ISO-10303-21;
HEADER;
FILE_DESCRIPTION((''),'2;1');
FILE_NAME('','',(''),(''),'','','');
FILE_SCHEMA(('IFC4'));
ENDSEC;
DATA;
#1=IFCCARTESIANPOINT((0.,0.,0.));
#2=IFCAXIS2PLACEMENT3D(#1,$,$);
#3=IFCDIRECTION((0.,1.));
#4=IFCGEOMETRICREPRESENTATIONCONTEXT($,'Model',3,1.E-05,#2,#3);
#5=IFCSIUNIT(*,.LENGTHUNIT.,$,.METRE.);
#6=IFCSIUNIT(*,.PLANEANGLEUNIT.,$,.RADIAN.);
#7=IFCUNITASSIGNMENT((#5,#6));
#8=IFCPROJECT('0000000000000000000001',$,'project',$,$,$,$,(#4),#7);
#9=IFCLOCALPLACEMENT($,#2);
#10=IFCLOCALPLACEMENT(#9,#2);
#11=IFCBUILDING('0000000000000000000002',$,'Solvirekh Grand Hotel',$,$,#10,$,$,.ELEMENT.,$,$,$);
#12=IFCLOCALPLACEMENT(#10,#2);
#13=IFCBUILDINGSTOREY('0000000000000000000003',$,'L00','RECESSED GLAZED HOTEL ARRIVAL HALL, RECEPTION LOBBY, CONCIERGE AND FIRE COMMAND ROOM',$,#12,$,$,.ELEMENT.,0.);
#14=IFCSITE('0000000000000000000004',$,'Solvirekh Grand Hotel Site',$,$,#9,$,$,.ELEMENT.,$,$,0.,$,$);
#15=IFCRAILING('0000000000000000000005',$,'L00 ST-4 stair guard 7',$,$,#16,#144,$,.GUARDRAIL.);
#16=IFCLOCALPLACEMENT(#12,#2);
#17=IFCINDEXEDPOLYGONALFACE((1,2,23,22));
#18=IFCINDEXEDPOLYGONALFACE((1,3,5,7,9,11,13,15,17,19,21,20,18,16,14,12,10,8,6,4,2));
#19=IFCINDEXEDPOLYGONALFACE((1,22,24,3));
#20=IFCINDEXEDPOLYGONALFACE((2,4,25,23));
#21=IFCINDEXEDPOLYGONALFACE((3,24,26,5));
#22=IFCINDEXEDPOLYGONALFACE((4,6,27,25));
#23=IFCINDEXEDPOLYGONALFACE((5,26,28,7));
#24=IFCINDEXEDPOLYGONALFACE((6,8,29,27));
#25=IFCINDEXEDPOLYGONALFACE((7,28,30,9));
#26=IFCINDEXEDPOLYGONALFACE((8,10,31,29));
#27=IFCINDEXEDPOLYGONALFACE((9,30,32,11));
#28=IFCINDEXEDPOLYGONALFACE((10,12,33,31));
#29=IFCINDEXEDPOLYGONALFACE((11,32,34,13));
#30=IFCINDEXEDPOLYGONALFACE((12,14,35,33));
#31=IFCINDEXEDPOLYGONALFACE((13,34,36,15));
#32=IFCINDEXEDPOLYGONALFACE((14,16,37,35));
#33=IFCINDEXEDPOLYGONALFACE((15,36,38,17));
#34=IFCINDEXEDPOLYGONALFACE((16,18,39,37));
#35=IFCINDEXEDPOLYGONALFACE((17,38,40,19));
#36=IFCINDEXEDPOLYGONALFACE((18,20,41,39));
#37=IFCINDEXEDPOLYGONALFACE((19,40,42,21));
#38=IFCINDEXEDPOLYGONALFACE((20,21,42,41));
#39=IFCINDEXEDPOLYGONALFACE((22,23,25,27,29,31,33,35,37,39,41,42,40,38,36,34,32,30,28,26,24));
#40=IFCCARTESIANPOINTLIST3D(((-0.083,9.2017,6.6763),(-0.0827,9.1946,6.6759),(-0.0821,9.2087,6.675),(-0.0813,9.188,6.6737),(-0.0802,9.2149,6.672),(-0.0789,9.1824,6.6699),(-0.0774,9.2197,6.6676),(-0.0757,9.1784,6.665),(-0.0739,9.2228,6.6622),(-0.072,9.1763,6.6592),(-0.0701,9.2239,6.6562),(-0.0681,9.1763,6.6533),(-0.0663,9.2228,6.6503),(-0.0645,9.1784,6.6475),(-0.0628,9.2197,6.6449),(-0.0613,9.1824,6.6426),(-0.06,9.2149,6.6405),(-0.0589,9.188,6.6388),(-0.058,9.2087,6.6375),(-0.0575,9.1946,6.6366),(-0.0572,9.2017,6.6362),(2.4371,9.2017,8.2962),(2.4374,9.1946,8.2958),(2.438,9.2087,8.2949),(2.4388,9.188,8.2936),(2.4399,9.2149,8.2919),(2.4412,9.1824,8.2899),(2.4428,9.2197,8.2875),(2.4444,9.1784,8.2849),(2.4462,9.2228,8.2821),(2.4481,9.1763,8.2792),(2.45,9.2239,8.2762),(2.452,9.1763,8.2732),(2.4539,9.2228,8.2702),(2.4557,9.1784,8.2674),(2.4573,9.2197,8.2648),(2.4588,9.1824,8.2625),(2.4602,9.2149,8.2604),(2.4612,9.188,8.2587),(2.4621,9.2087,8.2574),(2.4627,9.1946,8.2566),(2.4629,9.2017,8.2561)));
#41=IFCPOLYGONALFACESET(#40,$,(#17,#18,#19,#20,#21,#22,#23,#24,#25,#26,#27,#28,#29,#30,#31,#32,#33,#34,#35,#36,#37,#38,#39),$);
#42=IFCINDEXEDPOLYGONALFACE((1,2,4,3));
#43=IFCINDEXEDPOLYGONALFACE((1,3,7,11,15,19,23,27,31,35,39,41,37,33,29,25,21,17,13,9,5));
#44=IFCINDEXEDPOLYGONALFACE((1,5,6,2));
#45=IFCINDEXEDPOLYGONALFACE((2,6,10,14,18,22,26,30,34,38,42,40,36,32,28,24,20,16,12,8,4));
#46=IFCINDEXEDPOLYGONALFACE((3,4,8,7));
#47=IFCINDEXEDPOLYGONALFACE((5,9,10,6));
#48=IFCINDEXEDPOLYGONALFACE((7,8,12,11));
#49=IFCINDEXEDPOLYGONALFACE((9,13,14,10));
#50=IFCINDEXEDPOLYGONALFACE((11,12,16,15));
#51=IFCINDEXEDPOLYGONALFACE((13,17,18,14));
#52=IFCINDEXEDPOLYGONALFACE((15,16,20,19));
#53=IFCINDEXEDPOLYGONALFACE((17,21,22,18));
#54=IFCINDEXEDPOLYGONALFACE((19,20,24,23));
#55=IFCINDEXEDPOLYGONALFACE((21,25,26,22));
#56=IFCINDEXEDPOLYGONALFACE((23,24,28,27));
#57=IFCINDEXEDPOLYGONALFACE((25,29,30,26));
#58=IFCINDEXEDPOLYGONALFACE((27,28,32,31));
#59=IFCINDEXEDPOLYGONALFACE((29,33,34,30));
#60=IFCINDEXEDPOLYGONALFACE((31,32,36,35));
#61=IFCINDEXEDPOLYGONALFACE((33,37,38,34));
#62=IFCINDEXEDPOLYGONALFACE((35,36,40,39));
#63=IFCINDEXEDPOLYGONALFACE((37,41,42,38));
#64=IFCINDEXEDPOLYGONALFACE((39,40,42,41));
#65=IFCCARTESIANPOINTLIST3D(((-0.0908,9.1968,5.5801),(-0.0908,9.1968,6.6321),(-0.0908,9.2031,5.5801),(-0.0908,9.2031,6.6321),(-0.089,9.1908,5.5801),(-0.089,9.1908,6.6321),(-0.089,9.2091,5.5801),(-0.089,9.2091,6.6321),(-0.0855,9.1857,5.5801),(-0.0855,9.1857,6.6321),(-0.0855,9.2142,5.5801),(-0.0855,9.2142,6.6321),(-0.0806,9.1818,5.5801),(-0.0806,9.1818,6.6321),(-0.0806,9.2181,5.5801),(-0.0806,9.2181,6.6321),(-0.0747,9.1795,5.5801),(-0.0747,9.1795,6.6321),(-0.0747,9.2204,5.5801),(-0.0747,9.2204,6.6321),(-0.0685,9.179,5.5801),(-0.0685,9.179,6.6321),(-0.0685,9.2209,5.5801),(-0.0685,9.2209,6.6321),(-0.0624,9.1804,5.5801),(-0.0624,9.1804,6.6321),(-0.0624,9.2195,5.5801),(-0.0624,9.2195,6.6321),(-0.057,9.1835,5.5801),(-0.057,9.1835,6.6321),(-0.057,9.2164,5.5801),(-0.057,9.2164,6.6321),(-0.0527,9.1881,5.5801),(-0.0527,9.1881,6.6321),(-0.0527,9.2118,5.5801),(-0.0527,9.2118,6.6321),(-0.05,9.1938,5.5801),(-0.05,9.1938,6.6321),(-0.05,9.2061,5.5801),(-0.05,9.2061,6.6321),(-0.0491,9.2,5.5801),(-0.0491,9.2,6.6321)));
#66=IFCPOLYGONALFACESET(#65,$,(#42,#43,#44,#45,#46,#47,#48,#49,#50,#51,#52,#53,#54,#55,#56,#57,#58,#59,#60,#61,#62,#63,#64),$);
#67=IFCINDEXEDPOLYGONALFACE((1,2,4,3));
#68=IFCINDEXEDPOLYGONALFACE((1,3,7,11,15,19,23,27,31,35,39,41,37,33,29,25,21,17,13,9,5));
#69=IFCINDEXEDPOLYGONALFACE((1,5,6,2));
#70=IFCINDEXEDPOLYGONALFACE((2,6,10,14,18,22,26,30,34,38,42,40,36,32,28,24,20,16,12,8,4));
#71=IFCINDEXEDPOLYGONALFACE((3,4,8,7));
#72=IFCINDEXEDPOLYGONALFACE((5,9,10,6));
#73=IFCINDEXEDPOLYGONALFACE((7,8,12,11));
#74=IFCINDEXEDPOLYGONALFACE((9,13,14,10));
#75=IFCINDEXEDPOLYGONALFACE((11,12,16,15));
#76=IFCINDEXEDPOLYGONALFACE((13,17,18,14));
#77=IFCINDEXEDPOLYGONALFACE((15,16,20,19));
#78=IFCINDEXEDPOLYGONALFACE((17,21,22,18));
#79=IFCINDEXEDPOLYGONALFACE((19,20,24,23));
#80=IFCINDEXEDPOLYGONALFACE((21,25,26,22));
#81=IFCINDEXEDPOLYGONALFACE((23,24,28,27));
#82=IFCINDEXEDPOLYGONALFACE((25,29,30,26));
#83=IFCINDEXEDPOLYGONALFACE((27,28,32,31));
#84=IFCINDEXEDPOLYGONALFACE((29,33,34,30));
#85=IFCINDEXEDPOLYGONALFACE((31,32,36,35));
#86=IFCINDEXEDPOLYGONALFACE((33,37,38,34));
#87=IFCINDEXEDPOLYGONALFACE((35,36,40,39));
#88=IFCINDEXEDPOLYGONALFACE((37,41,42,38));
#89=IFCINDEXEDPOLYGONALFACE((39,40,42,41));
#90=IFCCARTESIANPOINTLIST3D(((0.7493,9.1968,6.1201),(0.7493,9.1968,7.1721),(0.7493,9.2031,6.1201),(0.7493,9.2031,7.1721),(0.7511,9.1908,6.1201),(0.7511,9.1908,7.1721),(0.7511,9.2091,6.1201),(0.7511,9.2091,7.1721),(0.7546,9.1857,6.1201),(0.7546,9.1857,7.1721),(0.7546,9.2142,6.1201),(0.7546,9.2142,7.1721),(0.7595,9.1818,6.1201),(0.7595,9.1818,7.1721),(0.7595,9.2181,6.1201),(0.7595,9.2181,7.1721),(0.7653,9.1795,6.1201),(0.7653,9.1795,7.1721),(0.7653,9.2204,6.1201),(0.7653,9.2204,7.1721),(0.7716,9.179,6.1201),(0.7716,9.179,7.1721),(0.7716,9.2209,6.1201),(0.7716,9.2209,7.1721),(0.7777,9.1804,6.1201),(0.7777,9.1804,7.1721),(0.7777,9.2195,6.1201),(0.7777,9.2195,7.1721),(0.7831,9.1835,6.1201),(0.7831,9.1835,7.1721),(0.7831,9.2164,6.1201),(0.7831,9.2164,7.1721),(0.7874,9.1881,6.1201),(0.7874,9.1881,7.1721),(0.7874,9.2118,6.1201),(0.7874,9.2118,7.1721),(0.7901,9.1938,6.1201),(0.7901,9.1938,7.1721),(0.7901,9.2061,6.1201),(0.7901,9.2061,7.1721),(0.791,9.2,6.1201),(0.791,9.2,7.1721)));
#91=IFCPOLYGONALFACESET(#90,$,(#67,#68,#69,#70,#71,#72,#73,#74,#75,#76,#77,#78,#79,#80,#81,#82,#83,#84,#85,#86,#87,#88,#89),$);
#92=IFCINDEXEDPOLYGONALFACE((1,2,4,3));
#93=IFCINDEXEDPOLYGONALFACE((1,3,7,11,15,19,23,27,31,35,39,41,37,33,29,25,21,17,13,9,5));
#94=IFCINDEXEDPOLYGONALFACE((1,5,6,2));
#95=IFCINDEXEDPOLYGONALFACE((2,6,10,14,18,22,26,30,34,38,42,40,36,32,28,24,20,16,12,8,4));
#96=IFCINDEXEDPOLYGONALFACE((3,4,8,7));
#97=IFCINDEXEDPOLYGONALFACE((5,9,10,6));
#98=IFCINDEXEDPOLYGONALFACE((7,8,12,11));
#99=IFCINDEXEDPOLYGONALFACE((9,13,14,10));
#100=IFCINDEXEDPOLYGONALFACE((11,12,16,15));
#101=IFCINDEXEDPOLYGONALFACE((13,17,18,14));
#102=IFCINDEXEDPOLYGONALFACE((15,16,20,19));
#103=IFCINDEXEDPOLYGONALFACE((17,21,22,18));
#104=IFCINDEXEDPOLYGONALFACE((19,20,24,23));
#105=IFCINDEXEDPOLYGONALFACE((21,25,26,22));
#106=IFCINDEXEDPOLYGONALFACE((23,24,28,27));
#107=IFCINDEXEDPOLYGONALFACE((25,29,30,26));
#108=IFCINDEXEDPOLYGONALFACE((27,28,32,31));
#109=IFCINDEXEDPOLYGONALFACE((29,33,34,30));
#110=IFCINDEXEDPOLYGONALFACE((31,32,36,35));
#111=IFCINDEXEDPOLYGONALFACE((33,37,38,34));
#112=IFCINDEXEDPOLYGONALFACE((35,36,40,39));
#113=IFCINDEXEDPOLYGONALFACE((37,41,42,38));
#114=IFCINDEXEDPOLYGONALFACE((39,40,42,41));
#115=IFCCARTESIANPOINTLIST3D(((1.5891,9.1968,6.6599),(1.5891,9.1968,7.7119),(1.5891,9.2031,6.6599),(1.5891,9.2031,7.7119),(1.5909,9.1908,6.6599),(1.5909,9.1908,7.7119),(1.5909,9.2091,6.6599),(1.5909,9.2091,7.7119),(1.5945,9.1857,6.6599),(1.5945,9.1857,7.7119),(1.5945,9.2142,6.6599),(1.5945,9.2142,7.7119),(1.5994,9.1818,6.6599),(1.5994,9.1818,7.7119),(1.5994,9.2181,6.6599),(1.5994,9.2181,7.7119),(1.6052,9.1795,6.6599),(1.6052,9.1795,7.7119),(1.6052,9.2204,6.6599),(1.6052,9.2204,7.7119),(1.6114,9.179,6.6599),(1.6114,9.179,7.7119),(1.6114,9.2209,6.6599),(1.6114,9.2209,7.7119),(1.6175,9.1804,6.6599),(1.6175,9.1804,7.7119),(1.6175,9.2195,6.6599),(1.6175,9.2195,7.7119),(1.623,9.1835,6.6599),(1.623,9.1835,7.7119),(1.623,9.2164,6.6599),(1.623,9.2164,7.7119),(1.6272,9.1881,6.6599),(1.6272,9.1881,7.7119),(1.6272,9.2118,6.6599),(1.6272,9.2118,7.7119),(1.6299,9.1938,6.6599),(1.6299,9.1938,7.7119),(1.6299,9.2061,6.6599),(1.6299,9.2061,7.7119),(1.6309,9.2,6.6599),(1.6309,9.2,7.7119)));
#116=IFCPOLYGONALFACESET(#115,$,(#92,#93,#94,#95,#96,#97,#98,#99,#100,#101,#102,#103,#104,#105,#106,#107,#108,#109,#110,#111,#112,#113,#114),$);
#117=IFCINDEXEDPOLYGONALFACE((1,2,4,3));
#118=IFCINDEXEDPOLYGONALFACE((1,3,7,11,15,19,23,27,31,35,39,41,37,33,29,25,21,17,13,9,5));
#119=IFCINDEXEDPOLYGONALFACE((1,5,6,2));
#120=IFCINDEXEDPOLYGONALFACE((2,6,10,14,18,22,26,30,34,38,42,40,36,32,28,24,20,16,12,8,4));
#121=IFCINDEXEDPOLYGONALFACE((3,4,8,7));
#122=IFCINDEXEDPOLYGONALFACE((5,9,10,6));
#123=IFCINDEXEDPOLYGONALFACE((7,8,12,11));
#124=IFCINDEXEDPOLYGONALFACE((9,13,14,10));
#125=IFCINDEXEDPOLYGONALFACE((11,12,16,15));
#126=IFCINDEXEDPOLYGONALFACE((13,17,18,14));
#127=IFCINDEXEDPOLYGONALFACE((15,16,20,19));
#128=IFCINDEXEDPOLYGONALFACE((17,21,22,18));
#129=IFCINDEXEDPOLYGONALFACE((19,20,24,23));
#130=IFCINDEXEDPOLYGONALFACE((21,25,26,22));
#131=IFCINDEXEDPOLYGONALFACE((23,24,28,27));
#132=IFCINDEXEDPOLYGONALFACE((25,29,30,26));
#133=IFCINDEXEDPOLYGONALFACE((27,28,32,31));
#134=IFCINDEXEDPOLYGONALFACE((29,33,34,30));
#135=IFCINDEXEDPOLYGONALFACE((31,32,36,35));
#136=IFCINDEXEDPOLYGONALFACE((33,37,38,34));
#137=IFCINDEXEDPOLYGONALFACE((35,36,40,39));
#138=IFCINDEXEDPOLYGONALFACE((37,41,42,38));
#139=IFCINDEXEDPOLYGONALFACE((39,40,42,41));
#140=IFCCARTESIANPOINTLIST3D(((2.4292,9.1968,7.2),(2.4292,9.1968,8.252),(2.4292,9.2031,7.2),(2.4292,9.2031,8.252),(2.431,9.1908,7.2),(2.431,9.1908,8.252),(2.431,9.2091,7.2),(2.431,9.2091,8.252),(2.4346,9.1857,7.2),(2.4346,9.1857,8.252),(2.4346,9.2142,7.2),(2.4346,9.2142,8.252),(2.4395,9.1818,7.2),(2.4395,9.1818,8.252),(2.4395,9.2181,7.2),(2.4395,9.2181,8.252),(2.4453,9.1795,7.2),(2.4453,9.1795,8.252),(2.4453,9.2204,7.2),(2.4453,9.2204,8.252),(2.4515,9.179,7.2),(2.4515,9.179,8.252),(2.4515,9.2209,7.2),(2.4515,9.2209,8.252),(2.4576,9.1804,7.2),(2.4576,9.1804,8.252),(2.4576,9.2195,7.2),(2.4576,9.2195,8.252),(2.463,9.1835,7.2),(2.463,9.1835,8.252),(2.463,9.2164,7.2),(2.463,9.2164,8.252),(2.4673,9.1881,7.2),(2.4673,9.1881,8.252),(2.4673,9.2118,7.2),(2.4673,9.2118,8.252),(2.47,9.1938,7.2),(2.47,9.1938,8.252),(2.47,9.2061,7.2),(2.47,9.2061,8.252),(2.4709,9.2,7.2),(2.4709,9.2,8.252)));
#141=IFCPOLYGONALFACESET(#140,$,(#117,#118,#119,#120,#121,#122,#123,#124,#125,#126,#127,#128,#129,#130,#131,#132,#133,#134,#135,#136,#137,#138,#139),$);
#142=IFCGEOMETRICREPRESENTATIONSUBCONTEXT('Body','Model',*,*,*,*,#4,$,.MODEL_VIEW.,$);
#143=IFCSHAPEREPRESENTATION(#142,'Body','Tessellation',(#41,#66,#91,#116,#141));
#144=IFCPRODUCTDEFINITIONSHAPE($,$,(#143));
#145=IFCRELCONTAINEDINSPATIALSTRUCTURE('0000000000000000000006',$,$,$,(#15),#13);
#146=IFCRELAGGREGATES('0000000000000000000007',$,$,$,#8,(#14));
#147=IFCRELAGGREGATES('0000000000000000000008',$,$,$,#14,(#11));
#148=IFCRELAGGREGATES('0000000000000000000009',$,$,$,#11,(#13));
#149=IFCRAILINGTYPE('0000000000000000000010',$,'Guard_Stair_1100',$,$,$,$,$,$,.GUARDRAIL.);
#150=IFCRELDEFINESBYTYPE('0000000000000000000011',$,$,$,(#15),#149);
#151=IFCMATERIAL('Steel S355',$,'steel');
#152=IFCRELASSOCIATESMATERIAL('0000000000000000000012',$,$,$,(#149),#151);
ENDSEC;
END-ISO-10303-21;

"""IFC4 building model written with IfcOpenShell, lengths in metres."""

from ifc_helpers import new_model, si_unit, direction, frame, origin, origin_2d, place, context, subcontext, project, spatial, circle, extrude, material, type_object, element, save


model = new_model("IFC4")

# Units and contexts
model_context = context("Model", 3, precision=1e-05, world=origin(), true_north=direction((0.0, 1.0)))
body_context = subcontext(model_context, "Body", "Model", "MODEL_VIEW")
ifc_project = project(units=[si_unit("LENGTHUNIT", "METRE"), si_unit("PLANEANGLEUNIT", "RADIAN")], contexts=[model_context])

# Site, building, storey
site_placement = place(None, origin())
site = spatial("IfcSite", under=ifc_project, at=site_placement, Name="Solvirekh Grand Hotel Site", CompositionType="ELEMENT", RefElevation=0.0)
building_placement = place(site_placement, origin())
building = spatial("IfcBuilding", under=site, at=building_placement, Name="Solvirekh Grand Hotel", CompositionType="ELEMENT")
storey_placement = place(building_placement, origin())
storey = spatial("IfcBuildingStorey", under=building, at=storey_placement, Name="L00", Description="RECESSED GLAZED HOTEL ARRIVAL HALL, RECEPTION LOBBY, CONCIERGE AND FIRE COMMAND ROOM", CompositionType="ELEMENT", Elevation=0.0)

# Shared definitions
ifc_material_1 = material(Name="Steel S355", Category="steel")

# Railing
railing_type_1 = type_object("IfcRailingType", Name="Guard_Stair_1100", PredefinedType="GUARDRAIL", material=ifc_material_1)
railing_1_placement = place(storey_placement, frame((-0.0701, 9.2, 5.5801)))
element("IfcRailing", 1, at=railing_1_placement, inside=storey, type_object=railing_type_1, Name="L00 ST-4 stair guard 7", PredefinedType="GUARDRAIL", context=body_context, shape_type="SweptSolid", body=[
    extrude(circle(Radius=0.0239, at=origin_2d()), frame((0.0, 0.0, 1.0762), z_axis=(0.8412, 0.0, 0.540725), x_axis=(0.0, 1.0, 0.0)), (0.0, 0.0, 1.0), 2.9958),
    extrude(circle(Radius=0.021, at=origin_2d()), origin(), (0.0, 0.0, 1.0), 1.052),
    extrude(circle(Radius=0.021, at=origin_2d()), frame((0.8401, 0.0, 0.54)), (0.0, 0.0, 1.0), 1.052),
    extrude(circle(Radius=0.021, at=origin_2d()), frame((1.6799, 0.0, 1.0798)), (0.0, 0.0, 1.0), 1.052),
    extrude(circle(Radius=0.021, at=origin_2d()), frame((2.52, 0.0, 1.6199)), (0.0, 0.0, 1.0), 1.052),
])

save(model, "model.ifc")
